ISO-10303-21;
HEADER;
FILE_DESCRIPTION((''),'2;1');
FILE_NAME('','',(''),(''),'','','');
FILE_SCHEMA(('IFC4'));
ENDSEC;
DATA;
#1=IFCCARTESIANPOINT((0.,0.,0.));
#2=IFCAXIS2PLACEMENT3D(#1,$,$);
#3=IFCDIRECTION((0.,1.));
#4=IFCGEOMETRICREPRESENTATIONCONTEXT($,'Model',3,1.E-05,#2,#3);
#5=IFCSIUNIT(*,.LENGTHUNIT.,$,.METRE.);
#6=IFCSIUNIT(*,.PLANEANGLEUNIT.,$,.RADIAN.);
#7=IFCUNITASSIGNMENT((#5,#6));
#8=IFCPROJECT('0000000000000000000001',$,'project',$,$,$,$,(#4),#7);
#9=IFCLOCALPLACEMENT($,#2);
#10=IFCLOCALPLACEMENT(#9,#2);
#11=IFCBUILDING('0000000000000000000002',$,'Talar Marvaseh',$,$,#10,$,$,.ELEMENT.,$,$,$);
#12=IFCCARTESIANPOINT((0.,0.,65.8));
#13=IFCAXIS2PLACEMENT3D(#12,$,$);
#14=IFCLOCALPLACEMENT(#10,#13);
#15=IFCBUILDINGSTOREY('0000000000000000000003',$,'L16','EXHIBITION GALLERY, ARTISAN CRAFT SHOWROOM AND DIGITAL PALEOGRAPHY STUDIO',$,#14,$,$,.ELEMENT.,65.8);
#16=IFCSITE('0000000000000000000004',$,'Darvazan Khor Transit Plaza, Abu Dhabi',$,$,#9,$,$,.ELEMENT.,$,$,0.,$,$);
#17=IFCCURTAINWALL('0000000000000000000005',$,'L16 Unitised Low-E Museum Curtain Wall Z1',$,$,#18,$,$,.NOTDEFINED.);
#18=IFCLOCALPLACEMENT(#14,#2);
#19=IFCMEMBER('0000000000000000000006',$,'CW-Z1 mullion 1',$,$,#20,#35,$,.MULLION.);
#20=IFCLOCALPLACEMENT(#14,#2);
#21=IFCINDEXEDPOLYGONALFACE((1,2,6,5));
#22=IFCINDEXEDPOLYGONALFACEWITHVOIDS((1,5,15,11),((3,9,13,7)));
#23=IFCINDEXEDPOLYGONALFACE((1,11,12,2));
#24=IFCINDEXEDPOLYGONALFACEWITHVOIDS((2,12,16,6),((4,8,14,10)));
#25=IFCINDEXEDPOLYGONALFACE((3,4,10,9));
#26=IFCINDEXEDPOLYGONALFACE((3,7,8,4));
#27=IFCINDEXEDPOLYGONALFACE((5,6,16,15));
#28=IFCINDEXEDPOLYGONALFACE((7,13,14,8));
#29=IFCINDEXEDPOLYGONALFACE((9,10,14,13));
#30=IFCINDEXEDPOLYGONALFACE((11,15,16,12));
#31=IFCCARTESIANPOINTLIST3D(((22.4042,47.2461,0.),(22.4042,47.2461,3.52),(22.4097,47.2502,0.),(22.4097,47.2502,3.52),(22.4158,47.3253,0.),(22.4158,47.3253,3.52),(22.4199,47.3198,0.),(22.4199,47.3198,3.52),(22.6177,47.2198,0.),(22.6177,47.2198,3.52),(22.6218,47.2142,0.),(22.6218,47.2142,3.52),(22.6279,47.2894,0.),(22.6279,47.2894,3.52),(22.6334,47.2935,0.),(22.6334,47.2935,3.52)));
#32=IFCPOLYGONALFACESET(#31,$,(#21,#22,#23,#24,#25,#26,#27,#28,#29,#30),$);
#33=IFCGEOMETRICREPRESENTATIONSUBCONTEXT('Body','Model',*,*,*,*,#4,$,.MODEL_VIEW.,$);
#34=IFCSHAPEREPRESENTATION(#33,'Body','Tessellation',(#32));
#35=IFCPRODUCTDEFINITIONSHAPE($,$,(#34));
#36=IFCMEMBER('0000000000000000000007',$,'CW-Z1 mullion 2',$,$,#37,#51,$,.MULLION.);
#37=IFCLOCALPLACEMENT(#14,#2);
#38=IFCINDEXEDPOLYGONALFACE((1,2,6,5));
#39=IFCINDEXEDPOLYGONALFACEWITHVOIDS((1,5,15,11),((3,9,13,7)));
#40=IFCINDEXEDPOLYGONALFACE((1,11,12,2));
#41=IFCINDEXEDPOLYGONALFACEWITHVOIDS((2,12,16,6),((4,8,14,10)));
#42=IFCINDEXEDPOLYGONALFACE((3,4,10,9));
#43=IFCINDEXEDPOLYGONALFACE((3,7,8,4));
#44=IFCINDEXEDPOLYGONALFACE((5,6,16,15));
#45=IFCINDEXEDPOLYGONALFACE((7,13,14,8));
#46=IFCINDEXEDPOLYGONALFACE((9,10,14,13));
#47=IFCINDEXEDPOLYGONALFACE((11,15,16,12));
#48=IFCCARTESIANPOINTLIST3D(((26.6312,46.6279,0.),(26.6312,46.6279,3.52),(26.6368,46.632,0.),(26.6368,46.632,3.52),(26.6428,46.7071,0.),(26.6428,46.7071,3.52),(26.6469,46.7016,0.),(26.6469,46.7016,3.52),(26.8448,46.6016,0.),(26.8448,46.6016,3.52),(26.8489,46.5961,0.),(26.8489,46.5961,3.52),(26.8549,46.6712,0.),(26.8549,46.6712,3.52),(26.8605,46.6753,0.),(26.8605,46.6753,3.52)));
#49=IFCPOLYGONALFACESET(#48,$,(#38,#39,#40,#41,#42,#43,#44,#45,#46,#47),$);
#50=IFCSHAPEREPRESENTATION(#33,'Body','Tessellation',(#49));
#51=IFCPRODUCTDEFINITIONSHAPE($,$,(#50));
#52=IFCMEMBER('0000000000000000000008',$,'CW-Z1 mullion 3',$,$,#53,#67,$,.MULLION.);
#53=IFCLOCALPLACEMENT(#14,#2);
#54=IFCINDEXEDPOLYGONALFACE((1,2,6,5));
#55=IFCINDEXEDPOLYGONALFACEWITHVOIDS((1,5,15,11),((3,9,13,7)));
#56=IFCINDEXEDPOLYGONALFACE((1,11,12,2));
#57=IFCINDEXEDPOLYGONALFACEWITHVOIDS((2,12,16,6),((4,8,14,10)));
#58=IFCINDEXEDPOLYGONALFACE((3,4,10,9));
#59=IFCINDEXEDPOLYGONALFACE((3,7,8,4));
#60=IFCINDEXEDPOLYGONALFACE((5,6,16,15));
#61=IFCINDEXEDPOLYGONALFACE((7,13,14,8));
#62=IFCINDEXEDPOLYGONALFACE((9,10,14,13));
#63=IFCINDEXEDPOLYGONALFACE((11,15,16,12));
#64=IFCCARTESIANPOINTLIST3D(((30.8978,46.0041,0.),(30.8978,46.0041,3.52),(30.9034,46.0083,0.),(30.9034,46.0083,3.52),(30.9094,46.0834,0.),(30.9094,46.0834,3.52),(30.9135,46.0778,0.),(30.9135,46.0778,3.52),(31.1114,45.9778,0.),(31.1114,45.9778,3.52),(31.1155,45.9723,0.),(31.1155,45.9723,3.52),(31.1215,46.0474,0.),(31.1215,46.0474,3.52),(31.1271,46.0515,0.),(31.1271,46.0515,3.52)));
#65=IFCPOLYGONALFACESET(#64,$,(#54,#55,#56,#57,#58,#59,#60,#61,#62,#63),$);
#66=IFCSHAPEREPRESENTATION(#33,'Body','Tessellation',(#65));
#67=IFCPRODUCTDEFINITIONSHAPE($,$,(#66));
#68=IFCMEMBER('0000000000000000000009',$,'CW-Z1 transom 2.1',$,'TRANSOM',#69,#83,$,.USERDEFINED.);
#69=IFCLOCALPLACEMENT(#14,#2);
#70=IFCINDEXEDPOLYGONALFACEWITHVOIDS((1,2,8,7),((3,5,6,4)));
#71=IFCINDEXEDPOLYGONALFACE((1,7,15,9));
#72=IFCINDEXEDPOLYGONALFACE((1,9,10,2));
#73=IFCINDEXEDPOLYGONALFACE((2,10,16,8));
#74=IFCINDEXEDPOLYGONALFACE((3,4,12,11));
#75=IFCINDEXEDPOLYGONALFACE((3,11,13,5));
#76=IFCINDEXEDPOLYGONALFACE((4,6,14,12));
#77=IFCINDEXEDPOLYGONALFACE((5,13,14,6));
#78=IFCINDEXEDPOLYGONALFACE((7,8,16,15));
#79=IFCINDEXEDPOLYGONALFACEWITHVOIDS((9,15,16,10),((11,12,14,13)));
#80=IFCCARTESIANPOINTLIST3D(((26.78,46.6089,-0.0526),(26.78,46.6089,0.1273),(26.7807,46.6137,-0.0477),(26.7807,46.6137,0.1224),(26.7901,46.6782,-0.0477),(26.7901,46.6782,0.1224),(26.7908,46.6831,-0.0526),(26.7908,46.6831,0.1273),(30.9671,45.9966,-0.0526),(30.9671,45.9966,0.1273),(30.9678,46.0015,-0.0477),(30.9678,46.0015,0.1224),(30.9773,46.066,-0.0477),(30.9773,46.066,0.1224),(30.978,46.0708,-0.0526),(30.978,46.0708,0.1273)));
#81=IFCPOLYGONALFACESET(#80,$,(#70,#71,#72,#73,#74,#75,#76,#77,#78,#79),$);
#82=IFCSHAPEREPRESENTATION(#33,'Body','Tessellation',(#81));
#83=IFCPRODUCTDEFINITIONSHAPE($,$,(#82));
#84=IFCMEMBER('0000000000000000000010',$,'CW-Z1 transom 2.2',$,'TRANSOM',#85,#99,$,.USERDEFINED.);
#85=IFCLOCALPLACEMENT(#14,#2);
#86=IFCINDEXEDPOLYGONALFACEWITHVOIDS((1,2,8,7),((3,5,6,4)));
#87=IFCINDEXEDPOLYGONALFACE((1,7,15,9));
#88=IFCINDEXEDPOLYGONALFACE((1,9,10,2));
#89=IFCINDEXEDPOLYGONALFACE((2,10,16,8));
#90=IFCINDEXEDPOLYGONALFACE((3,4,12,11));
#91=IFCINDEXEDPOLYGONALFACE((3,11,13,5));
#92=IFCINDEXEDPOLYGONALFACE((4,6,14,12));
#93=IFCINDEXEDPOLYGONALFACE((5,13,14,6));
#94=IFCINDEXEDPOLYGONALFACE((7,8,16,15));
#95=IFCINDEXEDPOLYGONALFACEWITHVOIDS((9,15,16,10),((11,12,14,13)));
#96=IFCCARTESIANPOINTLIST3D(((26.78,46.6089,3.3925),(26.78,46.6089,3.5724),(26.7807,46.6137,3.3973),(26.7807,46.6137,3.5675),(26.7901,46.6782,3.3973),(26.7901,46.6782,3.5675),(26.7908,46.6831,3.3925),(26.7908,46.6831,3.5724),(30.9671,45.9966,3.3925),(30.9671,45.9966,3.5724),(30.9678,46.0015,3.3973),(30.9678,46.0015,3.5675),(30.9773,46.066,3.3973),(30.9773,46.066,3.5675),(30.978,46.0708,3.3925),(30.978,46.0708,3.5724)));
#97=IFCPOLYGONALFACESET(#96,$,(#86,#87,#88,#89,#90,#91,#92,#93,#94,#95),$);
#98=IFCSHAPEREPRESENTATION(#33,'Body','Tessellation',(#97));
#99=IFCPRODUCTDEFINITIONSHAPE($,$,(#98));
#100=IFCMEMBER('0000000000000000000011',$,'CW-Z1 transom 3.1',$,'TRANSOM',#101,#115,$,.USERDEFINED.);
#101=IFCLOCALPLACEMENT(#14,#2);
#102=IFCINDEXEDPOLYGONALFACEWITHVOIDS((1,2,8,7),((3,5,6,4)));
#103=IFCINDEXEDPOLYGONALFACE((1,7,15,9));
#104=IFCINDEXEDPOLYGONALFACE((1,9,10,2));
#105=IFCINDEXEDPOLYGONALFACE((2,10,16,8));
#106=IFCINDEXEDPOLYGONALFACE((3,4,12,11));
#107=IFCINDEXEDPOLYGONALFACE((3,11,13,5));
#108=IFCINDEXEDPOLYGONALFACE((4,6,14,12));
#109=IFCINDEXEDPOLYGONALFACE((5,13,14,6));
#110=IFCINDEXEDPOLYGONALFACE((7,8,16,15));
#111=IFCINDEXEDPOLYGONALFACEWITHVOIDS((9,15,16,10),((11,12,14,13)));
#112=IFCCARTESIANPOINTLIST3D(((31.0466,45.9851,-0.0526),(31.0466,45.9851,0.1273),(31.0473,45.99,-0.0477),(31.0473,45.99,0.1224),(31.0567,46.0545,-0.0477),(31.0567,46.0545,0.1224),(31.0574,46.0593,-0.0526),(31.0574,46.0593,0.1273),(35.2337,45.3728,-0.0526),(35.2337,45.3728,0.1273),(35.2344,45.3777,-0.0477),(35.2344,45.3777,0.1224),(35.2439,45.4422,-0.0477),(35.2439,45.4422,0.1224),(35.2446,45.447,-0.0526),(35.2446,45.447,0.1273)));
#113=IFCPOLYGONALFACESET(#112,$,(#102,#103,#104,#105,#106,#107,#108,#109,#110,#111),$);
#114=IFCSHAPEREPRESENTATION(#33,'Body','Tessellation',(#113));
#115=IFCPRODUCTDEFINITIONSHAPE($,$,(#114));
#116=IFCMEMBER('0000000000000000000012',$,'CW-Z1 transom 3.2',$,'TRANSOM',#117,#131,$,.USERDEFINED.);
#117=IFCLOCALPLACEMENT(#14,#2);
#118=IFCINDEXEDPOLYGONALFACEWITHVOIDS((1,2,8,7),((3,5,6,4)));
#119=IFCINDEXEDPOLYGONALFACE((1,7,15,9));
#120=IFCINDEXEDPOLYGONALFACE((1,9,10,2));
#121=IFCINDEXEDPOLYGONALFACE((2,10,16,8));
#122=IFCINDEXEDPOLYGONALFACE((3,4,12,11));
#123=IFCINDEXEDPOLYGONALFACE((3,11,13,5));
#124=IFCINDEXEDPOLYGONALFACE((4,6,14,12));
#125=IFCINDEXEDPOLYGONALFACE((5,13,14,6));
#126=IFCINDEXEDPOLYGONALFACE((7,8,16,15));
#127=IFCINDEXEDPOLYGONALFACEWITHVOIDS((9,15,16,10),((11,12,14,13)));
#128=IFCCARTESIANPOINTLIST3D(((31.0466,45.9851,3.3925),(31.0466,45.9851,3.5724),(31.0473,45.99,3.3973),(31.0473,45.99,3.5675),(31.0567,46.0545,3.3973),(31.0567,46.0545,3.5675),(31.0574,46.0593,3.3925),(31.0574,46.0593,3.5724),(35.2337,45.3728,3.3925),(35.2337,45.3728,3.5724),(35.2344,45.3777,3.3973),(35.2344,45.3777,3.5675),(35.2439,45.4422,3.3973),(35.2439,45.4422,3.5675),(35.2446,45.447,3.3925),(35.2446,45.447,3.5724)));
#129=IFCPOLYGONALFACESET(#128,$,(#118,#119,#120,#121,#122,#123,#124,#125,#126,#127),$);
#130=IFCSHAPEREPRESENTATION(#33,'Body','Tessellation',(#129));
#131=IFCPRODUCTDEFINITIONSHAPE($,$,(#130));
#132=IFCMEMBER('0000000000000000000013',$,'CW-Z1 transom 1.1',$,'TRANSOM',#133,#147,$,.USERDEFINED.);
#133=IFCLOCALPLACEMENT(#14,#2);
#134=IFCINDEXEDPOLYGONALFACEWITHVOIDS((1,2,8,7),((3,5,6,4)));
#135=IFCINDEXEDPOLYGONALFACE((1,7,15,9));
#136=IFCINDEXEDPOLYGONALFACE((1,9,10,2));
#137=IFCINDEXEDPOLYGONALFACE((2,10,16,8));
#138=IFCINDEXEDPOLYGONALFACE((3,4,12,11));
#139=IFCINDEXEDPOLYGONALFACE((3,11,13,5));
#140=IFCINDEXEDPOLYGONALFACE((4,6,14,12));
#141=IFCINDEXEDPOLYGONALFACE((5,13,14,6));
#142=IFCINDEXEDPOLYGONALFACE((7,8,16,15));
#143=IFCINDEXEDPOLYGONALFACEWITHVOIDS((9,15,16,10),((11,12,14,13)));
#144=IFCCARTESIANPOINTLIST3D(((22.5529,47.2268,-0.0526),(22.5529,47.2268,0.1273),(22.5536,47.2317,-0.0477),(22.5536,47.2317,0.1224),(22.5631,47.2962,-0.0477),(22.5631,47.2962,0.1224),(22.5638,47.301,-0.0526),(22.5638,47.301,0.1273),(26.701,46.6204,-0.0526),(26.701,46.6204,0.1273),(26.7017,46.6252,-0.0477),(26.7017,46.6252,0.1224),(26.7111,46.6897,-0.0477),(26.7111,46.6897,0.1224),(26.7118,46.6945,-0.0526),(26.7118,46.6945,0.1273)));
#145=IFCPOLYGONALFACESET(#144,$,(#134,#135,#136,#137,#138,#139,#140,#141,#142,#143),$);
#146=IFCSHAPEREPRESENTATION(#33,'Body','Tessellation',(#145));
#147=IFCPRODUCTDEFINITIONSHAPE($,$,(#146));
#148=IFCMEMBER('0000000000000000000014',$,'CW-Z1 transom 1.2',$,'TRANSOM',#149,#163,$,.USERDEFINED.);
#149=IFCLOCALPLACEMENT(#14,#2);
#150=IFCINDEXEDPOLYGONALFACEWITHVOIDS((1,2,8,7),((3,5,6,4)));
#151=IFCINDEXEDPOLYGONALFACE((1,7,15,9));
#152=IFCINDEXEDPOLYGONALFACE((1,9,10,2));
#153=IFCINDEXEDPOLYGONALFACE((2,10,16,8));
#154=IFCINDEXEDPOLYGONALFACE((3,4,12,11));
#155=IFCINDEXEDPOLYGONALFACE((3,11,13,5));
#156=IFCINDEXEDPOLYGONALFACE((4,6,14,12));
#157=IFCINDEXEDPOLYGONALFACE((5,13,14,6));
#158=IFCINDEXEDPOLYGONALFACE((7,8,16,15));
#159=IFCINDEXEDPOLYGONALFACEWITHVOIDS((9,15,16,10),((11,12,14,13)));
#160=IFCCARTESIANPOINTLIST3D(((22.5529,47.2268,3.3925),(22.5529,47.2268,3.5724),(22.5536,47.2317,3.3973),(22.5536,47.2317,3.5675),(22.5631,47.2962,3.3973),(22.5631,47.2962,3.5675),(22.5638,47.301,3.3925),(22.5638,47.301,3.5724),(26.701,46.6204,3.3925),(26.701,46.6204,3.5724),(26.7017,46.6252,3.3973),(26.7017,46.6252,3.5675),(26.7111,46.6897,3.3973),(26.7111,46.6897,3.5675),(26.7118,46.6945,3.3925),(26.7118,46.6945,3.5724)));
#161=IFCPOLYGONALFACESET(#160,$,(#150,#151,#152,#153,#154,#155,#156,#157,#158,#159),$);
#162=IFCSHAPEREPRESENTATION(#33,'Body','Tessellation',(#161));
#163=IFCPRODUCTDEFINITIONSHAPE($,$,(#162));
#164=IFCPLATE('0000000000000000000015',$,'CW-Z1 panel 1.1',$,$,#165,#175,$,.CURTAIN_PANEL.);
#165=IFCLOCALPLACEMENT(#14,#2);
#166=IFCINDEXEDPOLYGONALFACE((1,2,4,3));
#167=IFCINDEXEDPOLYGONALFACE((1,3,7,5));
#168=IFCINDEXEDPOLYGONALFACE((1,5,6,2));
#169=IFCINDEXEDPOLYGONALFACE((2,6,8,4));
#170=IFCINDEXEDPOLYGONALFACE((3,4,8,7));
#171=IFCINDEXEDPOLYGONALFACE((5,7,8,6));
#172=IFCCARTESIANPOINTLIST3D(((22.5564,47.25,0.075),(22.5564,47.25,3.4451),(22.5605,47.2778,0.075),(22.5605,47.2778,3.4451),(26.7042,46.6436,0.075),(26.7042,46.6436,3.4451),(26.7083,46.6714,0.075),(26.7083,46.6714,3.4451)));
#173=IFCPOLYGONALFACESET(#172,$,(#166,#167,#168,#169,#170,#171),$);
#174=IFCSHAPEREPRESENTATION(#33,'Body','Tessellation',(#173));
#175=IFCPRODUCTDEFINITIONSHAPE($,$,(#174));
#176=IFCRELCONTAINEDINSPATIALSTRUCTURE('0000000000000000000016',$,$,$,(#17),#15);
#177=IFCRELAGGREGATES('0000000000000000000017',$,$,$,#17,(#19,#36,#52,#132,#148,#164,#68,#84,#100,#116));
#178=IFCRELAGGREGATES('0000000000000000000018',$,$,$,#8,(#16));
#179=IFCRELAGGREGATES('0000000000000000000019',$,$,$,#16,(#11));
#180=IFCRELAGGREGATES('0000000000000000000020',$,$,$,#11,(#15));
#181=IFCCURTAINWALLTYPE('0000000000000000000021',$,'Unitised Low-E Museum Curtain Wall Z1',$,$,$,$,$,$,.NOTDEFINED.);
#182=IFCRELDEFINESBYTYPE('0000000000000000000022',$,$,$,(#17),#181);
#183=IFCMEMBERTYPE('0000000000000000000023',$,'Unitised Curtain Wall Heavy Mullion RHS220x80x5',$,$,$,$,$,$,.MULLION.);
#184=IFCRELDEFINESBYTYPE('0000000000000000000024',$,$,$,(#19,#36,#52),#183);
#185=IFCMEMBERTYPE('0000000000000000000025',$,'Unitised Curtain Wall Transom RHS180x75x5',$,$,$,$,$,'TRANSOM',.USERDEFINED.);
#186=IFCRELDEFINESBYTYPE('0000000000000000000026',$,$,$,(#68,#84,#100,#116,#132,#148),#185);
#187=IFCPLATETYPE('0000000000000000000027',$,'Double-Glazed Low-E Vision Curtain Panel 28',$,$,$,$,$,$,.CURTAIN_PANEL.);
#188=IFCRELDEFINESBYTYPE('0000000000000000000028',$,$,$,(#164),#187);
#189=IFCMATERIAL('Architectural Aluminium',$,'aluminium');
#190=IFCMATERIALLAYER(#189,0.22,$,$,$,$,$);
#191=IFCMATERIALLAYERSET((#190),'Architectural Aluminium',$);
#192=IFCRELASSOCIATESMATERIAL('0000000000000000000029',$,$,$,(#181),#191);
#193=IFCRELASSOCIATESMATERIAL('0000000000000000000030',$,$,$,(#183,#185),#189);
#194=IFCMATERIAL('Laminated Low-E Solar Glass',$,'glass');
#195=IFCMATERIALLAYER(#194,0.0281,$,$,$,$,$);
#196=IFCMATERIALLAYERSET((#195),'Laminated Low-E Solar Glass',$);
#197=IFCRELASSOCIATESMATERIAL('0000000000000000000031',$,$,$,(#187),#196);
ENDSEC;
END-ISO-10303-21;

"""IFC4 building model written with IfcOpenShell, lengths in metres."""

from ifc_helpers import new_model, si_unit, direction, frame, origin, origin_2d, place, context, subcontext, project, spatial, rectangle, hollow_rectangle, extrude, source, transform, mapped, material, layer, layer_set, material_profile, profile_set, type_object, type_shapes, element, aggregate, save


model = new_model("IFC4")

# Units and contexts
model_context = context("Model", 3, precision=1e-05, world=origin(), true_north=direction((0.0, 1.0)))
body_context = subcontext(model_context, "Body", "Model", "MODEL_VIEW")
ifc_project = project(units=[si_unit("LENGTHUNIT", "METRE"), si_unit("PLANEANGLEUNIT", "RADIAN")], contexts=[model_context])

# Site, building, storey
site_placement = place(None, origin())
site = spatial("IfcSite", under=ifc_project, at=site_placement, Name="Darvazan Khor Transit Plaza, Abu Dhabi", CompositionType="ELEMENT", RefElevation=0.0)
building_placement = place(site_placement, origin())
building = spatial("IfcBuilding", under=site, at=building_placement, Name="Talar Marvaseh", CompositionType="ELEMENT")
storey_placement = place(building_placement, frame((0.0, 0.0, 65.8)))
storey = spatial("IfcBuildingStorey", under=building, at=storey_placement, Name="L16", Description="EXHIBITION GALLERY, ARTISAN CRAFT SHOWROOM AND DIGITAL PALEOGRAPHY STUDIO", CompositionType="ELEMENT", Elevation=65.8)

# Curtain wall, members, plate
ifc_material_1 = material(Name="Architectural Aluminium", Category="aluminium")
ifc_layer_1 = layer(ifc_material_1, 0.22)
ifc_layer_set_1 = layer_set([ifc_layer_1], Name="Architectural Aluminium")
curtain_wall_type = type_object("IfcCurtainWallType", Name="Unitised Low-E Museum Curtain Wall Z1", PredefinedType="NOTDEFINED", material=ifc_layer_set_1)
curtain_wall_placement = place(storey_placement, origin())
curtain_wall = element("IfcCurtainWall", 1, at=curtain_wall_placement, inside=storey, type_object=curtain_wall_type, Name="L16 Unitised Low-E Museum Curtain Wall Z1", PredefinedType="NOTDEFINED")
ifc_material_profile_1 = material_profile(ifc_material_1, hollow_rectangle(XDim=0.0801, YDim=0.22, WallThickness=0.0049, at=origin_2d()), Name="RHS220x80x5")
ifc_profile_set_1 = profile_set([ifc_material_profile_1], Name="Architectural Aluminium")
member_type_1 = type_object("IfcMemberType", Name="Unitised Curtain Wall Heavy Mullion RHS220x80x5", PredefinedType="MULLION", material=ifc_profile_set_1)
shared_shape_1 = source(origin(), body_context, "Body", "SweptSolid", [
    extrude(hollow_rectangle(XDim=0.0801, YDim=0.22, WallThickness=0.0049, at=origin_2d()), origin(), (0.0, 0.0, 1.0), 3.52),
])
type_shapes(member_type_1, [shared_shape_1])
member_1_placement = place(storey_placement, frame((22.5188, 47.2698, 0.0), z_axis=(0.0, 0.0, 1.0), x_axis=(0.144664, 0.989481, 0.0)))
member_1 = element("IfcMember", 2, at=member_1_placement, type_object=member_type_1, Name="CW-Z1 mullion 1", PredefinedType="MULLION", context=body_context, shape_type="MappedRepresentation", body=[
    mapped(shared_shape_1, transform((0.0, 0.0, 0.0), x_axis=(1.0, 0.0, 0.0), y_axis=(0.0, 1.0, 0.0), z_axis=(0.0, 0.0, 1.0), scale=1.0)),
])
member_2_placement = place(storey_placement, frame((26.7458, 46.6516, 0.0), z_axis=(0.0, 0.0, 1.0), x_axis=(0.144664, 0.989481, 0.0)))
member_2 = element("IfcMember", 3, at=member_2_placement, type_object=member_type_1, Name="CW-Z1 mullion 2", PredefinedType="MULLION", context=body_context, shape_type="MappedRepresentation", body=[
    mapped(shared_shape_1, transform((0.0, 0.0, 0.0), x_axis=(1.0, 0.0, 0.0), y_axis=(0.0, 1.0, 0.0), z_axis=(0.0, 0.0, 1.0), scale=1.0)),
])
member_3_placement = place(storey_placement, frame((31.0125, 46.0278, 0.0), z_axis=(0.0, 0.0, 1.0), x_axis=(0.144664, 0.989481, 0.0)))
member_3 = element("IfcMember", 4, at=member_3_placement, type_object=member_type_1, Name="CW-Z1 mullion 3", PredefinedType="MULLION", context=body_context, shape_type="MappedRepresentation", body=[
    mapped(shared_shape_1, transform((0.0, 0.0, 0.0), x_axis=(1.0, 0.0, 0.0), y_axis=(0.0, 1.0, 0.0), z_axis=(0.0, 0.0, 1.0), scale=1.0)),
])
ifc_material_profile_2 = material_profile(ifc_material_1, hollow_rectangle(XDim=0.075, YDim=0.1799, WallThickness=0.0049, at=origin_2d()), Name="RHS180x75x5")
ifc_profile_set_2 = profile_set([ifc_material_profile_2], Name="Architectural Aluminium")
member_type_2 = type_object("IfcMemberType", Name="Unitised Curtain Wall Transom RHS180x75x5", ElementType="TRANSOM", PredefinedType="USERDEFINED", material=ifc_profile_set_2)
shared_shape_2 = source(origin(), body_context, "Body", "SweptSolid", [
    extrude(hollow_rectangle(XDim=0.075, YDim=0.1799, WallThickness=0.0049, at=origin_2d()), origin(), (0.0, 0.0, 1.0), 4.2317),
])
member_4_placement = place(storey_placement, frame((26.7854, 46.646, 0.0374), z_axis=(0.989477, -0.144692, 0.0), x_axis=(0.144692, 0.989477, 0.0)))
member_4 = element("IfcMember", 5, at=member_4_placement, type_object=member_type_2, Name="CW-Z1 transom 2.1", ObjectType="TRANSOM", PredefinedType="USERDEFINED", context=body_context, shape_type="MappedRepresentation", body=[
    mapped(shared_shape_2, transform((0.0, 0.0, 0.0), x_axis=(1.0, 0.0, 0.0), y_axis=(0.0, 1.0, 0.0), z_axis=(0.0, 0.0, 1.0), scale=1.0)),
])
member_5_placement = place(storey_placement, frame((26.7854, 46.646, 3.4824), z_axis=(0.989477, -0.144692, 0.0), x_axis=(0.144692, 0.989477, 0.0)))
member_5 = element("IfcMember", 6, at=member_5_placement, type_object=member_type_2, Name="CW-Z1 transom 2.2", ObjectType="TRANSOM", PredefinedType="USERDEFINED", context=body_context, shape_type="MappedRepresentation", body=[
    mapped(shared_shape_2, transform((0.0, 0.0, 0.0), x_axis=(1.0, 0.0, 0.0), y_axis=(0.0, 1.0, 0.0), z_axis=(0.0, 0.0, 1.0), scale=1.0)),
])
member_6_placement = place(storey_placement, frame((31.052, 46.0222, 0.0374), z_axis=(0.989477, -0.144692, 0.0), x_axis=(0.144692, 0.989477, 0.0)))
member_6 = element("IfcMember", 7, at=member_6_placement, type_object=member_type_2, Name="CW-Z1 transom 3.1", ObjectType="TRANSOM", PredefinedType="USERDEFINED", context=body_context, shape_type="MappedRepresentation", body=[
    mapped(shared_shape_2, transform((0.0, 0.0, 0.0), x_axis=(1.0, 0.0, 0.0), y_axis=(0.0, 1.0, 0.0), z_axis=(0.0, 0.0, 1.0), scale=1.0)),
])
member_7_placement = place(storey_placement, frame((31.052, 46.0222, 3.4824), z_axis=(0.989477, -0.144692, 0.0), x_axis=(0.144692, 0.989477, 0.0)))
member_7 = element("IfcMember", 8, at=member_7_placement, type_object=member_type_2, Name="CW-Z1 transom 3.2", ObjectType="TRANSOM", PredefinedType="USERDEFINED", context=body_context, shape_type="MappedRepresentation", body=[
    mapped(shared_shape_2, transform((0.0, 0.0, 0.0), x_axis=(1.0, 0.0, 0.0), y_axis=(0.0, 1.0, 0.0), z_axis=(0.0, 0.0, 1.0), scale=1.0)),
])
shared_shape_3 = source(origin(), body_context, "Body", "SweptSolid", [
    extrude(hollow_rectangle(XDim=0.075, YDim=0.1799, WallThickness=0.0049, at=origin_2d()), origin(), (0.0, 0.0, 1.0), 4.1921),
])
type_shapes(member_type_2, [shared_shape_2, shared_shape_3])
member_8_placement = place(storey_placement, frame((22.5583, 47.2639, 0.0374), z_axis=(0.989481, -0.144666, 0.0), x_axis=(0.144666, 0.989481, 0.0)))
member_8 = element("IfcMember", 9, at=member_8_placement, type_object=member_type_2, Name="CW-Z1 transom 1.1", ObjectType="TRANSOM", PredefinedType="USERDEFINED", context=body_context, shape_type="MappedRepresentation", body=[
    mapped(shared_shape_3, transform((0.0, 0.0, 0.0), x_axis=(1.0, 0.0, 0.0), y_axis=(0.0, 1.0, 0.0), z_axis=(0.0, 0.0, 1.0), scale=1.0)),
])
member_9_placement = place(storey_placement, frame((22.5583, 47.2639, 3.4824), z_axis=(0.989481, -0.144666, 0.0), x_axis=(0.144666, 0.989481, 0.0)))
member_9 = element("IfcMember", 10, at=member_9_placement, type_object=member_type_2, Name="CW-Z1 transom 1.2", ObjectType="TRANSOM", PredefinedType="USERDEFINED", context=body_context, shape_type="MappedRepresentation", body=[
    mapped(shared_shape_3, transform((0.0, 0.0, 0.0), x_axis=(1.0, 0.0, 0.0), y_axis=(0.0, 1.0, 0.0), z_axis=(0.0, 0.0, 1.0), scale=1.0)),
])
ifc_material_2 = material(Name="Laminated Low-E Solar Glass", Category="glass")
ifc_layer_2 = layer(ifc_material_2, 0.0281)
ifc_layer_set_2 = layer_set([ifc_layer_2], Name="Laminated Low-E Solar Glass")
plate_type = type_object("IfcPlateType", Name="Double-Glazed Low-E Vision Curtain Panel 28", PredefinedType="CURTAIN_PANEL", material=ifc_layer_set_2)
shared_shape_4 = source(origin(), body_context, "Body", "SweptSolid", [
    extrude(rectangle(XDim=4.1919, YDim=0.0281, at=origin_2d()), origin(), (0.0, 0.0, 1.0), 3.3701),
])
plate_1_placement = place(storey_placement, frame((24.6323, 46.9607, 0.075), z_axis=(0.0, 0.0, 1.0), x_axis=(0.989481, -0.144664, 0.0)))
plate_1 = element("IfcPlate", 11, at=plate_1_placement, type_object=plate_type, Name="CW-Z1 panel 1.1", PredefinedType="CURTAIN_PANEL", context=body_context, shape_type="MappedRepresentation", body=[
    mapped(shared_shape_4, transform((0.0, 0.0, 0.0), x_axis=(1.0, 0.0, 0.0), y_axis=(0.0, 1.0, 0.0), z_axis=(0.0, 0.0, 1.0), scale=1.0)),
])
aggregate(curtain_wall, [member_1, member_2, member_3, member_8, member_9, plate_1, member_4, member_5, member_6, member_7])

save(model, "model.ifc")
